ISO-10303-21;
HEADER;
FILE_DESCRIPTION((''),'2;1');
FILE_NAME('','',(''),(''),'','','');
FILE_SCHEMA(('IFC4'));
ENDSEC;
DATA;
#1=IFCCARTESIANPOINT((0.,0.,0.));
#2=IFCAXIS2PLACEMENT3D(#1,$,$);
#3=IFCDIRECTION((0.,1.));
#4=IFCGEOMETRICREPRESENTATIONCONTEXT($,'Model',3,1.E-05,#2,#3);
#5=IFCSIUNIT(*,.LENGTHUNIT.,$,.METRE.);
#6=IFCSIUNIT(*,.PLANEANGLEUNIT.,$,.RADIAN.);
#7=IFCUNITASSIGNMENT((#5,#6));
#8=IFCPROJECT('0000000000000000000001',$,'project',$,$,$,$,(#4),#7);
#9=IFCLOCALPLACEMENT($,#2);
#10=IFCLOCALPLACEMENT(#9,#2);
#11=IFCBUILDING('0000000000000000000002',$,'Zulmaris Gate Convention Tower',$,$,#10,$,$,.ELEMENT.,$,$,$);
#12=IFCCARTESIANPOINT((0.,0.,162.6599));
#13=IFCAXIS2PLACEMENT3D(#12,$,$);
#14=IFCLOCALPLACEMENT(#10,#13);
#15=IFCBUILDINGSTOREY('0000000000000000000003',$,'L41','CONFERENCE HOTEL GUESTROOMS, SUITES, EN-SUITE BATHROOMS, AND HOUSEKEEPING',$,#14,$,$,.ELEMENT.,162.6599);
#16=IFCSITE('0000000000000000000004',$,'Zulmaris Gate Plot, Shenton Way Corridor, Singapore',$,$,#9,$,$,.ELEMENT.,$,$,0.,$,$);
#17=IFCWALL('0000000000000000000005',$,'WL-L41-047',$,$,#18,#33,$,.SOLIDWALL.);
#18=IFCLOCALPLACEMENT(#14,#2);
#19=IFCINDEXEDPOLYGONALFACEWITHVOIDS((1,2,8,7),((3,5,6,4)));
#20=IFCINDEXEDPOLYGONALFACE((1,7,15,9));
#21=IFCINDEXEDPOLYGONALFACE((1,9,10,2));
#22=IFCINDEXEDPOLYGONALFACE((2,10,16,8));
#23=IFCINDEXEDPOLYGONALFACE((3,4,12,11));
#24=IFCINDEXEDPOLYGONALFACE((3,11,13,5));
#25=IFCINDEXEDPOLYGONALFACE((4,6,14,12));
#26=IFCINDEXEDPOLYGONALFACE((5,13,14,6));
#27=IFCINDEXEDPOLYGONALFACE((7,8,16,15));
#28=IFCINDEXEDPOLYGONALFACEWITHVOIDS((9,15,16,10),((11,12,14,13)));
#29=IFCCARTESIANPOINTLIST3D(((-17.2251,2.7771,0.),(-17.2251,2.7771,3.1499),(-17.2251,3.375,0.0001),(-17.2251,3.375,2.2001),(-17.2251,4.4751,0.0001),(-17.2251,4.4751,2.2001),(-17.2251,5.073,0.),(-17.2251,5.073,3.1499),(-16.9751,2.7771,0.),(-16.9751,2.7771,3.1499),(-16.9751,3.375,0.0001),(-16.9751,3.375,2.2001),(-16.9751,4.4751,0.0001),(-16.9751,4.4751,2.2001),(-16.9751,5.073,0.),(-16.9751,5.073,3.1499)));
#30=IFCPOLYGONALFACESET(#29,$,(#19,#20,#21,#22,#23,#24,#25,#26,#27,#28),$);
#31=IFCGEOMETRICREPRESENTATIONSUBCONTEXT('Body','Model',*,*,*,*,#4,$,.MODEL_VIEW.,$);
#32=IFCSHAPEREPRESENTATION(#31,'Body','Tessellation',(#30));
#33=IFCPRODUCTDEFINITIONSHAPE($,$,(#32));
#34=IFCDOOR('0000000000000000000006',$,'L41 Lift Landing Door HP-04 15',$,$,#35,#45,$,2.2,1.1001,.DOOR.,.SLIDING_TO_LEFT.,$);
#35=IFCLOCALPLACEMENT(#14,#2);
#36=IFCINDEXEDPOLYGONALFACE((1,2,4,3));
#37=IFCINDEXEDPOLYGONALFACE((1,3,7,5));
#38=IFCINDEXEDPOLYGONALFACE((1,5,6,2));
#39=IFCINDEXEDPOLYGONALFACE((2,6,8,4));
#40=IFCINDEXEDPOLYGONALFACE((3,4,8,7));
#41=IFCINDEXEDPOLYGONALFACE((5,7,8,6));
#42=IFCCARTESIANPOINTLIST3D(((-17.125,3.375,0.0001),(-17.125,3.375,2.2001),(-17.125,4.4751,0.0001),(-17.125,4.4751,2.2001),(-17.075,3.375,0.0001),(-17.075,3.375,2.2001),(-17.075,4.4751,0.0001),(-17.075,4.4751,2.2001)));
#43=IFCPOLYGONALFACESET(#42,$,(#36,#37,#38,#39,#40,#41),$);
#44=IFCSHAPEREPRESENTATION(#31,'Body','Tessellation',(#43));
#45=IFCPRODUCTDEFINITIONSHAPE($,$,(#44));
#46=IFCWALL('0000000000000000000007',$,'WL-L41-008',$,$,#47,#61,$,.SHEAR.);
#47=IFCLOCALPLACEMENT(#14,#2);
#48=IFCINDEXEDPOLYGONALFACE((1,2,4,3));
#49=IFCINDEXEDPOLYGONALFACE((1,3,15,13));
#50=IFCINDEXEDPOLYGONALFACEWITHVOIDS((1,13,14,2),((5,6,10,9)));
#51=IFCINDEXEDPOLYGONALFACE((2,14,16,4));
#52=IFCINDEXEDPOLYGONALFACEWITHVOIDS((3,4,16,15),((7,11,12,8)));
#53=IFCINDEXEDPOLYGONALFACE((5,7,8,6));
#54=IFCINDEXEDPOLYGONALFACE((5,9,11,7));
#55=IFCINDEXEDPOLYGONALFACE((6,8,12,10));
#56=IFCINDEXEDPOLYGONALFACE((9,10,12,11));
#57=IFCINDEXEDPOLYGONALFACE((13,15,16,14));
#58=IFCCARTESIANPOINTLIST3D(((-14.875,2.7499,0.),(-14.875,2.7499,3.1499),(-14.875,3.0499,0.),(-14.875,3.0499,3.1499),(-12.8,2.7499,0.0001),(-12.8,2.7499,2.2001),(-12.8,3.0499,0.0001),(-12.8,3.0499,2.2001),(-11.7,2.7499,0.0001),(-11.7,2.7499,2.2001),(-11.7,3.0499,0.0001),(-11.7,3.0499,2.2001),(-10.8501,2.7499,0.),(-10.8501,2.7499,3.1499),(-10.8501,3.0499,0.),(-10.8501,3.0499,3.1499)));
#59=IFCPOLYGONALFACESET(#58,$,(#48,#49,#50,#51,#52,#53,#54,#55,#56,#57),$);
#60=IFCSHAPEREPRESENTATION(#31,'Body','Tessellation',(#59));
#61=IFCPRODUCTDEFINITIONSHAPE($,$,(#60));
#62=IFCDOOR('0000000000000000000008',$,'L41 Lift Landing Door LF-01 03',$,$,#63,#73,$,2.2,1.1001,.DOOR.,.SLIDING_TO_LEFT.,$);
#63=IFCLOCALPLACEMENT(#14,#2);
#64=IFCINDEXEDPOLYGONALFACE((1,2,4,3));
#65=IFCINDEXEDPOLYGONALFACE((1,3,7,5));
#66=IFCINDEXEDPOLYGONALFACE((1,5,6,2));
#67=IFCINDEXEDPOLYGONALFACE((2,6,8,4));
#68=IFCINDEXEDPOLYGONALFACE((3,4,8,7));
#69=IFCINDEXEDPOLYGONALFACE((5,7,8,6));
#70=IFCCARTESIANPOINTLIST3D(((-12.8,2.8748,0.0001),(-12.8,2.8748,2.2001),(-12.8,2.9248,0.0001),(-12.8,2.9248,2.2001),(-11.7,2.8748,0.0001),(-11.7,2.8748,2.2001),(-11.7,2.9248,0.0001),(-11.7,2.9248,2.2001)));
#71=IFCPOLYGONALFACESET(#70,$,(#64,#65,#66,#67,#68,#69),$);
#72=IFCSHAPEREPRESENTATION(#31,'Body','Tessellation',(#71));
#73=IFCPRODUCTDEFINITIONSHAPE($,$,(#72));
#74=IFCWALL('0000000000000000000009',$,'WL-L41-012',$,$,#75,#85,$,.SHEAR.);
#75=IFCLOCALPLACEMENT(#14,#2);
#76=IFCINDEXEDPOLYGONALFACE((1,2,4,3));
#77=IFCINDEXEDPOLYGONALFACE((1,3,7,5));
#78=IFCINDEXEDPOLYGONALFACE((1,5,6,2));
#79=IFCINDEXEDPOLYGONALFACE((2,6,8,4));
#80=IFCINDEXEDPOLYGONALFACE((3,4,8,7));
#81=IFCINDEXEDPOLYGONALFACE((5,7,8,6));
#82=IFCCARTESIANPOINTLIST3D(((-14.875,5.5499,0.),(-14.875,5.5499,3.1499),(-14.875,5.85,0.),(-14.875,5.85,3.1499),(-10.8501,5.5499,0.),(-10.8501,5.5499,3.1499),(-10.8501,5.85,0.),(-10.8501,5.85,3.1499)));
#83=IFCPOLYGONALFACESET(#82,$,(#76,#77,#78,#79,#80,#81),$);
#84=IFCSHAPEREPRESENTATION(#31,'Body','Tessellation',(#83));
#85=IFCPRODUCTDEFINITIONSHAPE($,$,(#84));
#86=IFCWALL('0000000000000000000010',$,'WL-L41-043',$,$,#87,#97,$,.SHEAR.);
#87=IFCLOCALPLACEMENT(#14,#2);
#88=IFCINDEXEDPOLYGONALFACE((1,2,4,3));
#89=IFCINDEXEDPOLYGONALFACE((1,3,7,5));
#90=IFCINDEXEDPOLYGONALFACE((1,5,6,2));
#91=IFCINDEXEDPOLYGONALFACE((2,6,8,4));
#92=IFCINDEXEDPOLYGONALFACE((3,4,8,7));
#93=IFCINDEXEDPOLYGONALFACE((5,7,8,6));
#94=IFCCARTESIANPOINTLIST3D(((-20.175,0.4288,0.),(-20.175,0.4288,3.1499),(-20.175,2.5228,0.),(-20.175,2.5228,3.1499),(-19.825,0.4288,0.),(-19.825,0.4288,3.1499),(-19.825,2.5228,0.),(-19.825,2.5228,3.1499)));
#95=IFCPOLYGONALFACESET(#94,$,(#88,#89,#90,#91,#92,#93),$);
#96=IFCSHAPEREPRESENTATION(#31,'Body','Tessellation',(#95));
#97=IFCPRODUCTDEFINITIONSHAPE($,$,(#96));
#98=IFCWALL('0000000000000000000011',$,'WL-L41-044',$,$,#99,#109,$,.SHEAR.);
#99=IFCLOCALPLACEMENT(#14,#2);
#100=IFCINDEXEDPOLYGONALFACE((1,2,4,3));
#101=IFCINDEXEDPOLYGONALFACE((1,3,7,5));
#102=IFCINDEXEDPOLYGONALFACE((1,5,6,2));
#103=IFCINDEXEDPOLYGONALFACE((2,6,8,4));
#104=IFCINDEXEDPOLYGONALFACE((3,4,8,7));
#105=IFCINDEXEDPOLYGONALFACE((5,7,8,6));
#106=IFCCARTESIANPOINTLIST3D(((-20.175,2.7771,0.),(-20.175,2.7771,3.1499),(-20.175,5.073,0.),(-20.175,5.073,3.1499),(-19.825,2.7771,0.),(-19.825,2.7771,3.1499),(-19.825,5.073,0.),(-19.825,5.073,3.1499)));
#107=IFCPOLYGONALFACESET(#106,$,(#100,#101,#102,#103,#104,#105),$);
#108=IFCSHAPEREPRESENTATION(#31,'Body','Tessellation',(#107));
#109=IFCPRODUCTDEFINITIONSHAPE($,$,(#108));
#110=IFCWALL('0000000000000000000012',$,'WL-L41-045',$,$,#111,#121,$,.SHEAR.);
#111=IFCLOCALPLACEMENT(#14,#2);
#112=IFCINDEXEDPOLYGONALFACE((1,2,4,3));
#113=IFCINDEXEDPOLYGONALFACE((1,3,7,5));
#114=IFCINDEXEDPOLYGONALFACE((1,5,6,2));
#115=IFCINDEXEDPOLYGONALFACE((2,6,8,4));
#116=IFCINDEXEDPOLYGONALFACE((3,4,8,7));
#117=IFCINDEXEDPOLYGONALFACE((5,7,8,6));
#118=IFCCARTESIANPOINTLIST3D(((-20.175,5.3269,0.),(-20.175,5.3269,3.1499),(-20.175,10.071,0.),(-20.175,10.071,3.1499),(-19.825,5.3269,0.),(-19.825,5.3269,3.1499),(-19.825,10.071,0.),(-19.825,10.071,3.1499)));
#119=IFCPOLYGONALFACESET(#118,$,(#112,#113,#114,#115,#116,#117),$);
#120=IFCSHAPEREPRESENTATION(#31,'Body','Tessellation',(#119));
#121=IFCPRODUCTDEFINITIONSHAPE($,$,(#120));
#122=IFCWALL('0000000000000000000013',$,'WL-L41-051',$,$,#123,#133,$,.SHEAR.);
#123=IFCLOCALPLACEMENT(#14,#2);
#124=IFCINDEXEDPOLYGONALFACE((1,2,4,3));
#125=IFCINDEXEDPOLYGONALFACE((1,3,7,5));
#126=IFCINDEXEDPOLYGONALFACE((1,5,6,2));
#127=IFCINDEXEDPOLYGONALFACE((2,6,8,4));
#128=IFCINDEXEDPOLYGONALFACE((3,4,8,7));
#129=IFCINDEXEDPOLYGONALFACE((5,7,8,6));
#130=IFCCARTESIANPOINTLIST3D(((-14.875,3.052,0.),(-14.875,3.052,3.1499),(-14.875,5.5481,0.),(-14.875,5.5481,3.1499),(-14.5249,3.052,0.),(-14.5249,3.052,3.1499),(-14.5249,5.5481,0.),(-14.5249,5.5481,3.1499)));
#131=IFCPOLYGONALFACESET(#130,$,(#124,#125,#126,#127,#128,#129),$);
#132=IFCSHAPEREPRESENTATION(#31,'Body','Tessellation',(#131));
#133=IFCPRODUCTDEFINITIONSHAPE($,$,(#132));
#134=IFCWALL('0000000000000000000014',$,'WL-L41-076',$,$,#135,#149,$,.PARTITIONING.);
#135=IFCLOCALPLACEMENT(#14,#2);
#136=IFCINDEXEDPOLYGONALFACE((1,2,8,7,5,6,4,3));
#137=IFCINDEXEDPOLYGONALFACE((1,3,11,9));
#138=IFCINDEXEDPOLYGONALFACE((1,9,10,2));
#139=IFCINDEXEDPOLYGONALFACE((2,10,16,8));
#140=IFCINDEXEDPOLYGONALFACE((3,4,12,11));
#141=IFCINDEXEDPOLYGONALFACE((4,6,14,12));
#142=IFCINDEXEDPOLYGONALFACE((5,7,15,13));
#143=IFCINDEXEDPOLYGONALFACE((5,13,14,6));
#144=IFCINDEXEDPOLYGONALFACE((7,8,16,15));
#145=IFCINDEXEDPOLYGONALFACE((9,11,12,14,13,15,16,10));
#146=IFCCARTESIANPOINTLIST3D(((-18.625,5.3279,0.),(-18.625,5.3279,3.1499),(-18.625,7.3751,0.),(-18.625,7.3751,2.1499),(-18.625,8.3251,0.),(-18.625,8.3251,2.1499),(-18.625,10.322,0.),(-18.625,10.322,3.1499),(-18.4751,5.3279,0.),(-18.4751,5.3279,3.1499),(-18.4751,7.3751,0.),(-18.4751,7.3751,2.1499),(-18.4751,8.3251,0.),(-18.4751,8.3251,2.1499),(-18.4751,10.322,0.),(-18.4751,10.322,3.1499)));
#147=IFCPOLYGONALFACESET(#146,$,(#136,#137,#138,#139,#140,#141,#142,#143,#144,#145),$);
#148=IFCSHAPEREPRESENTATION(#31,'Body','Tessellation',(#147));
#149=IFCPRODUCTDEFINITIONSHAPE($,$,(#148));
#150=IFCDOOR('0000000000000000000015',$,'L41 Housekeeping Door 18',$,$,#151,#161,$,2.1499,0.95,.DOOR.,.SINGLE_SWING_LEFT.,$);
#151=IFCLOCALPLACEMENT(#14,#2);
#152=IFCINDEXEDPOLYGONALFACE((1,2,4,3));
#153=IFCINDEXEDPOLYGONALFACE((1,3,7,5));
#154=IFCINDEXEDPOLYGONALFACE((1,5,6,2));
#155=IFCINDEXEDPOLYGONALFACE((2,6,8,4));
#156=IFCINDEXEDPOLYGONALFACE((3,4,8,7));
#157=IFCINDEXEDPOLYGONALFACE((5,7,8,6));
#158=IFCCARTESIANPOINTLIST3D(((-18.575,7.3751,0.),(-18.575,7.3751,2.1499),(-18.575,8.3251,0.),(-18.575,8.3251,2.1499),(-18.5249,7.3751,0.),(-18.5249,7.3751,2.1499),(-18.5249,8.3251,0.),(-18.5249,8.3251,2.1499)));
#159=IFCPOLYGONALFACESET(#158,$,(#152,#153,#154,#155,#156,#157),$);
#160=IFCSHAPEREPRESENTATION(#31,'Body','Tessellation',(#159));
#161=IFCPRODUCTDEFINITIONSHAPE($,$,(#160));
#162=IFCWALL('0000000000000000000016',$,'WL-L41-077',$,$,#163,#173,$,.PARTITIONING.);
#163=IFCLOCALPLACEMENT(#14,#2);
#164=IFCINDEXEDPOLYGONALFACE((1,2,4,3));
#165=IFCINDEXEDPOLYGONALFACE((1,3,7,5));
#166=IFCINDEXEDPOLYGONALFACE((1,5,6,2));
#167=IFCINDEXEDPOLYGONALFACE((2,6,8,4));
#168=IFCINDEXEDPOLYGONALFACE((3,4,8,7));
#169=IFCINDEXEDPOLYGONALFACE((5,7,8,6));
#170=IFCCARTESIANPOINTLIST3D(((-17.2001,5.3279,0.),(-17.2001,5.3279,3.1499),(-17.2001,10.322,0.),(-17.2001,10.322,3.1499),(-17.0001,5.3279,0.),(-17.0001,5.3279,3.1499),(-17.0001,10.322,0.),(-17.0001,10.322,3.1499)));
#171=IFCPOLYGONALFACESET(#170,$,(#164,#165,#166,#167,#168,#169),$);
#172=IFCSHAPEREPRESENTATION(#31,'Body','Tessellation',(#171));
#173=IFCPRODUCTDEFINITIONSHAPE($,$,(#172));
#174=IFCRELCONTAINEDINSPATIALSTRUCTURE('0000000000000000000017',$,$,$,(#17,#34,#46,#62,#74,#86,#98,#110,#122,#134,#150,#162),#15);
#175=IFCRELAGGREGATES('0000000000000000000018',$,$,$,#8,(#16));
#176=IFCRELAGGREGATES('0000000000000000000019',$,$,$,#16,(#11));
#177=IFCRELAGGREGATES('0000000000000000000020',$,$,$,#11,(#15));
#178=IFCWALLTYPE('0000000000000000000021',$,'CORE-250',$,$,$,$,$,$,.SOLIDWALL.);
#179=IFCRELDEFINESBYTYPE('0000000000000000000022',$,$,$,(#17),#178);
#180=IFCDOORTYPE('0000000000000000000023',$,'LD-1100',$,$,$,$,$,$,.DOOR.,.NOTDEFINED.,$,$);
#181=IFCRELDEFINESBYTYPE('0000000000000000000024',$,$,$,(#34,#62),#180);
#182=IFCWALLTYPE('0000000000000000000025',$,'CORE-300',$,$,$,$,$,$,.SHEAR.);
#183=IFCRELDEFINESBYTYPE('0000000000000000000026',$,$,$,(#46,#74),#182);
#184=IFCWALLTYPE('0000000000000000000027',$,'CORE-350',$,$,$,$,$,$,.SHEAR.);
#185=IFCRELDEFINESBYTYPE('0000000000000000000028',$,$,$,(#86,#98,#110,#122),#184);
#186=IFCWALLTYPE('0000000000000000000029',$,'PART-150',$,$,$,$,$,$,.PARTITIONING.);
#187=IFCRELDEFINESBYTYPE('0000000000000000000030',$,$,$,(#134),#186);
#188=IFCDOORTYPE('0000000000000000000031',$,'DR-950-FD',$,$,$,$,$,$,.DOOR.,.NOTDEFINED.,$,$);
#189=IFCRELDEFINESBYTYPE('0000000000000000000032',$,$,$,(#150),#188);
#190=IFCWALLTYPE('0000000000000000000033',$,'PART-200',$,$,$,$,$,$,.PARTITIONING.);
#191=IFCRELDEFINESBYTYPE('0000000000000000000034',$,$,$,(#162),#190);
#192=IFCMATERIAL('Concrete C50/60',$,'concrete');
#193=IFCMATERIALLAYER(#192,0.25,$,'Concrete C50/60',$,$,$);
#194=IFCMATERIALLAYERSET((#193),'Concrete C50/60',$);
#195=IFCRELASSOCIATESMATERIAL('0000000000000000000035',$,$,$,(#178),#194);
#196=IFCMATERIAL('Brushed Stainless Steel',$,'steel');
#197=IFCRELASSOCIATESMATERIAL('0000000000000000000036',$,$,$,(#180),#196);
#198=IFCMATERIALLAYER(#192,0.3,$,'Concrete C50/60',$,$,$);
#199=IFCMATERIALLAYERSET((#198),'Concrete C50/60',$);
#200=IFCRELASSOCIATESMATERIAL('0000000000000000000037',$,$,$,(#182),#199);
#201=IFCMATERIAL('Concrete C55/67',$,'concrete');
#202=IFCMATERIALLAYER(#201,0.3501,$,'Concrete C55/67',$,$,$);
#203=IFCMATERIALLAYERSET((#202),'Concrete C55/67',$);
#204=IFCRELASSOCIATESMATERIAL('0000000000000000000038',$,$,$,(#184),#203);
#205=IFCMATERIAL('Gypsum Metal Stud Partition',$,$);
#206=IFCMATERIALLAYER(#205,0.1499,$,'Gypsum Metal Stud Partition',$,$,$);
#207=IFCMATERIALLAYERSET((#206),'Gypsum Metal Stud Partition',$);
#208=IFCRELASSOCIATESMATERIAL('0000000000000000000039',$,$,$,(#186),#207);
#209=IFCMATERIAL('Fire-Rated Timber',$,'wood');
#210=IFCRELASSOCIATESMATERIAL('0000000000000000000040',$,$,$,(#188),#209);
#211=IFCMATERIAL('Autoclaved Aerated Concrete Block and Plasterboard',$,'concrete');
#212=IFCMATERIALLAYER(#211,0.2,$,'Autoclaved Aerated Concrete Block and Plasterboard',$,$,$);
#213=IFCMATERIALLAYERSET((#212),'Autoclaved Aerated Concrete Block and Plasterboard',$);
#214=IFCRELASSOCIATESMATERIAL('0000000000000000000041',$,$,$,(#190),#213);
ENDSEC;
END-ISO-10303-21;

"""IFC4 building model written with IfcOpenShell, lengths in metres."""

from ifc_helpers import new_model, si_unit, direction, frame, frame_2d, origin, place, context, subcontext, project, spatial, rectangle, extrude, material, layer, layer_set, type_object, element, fill, save


model = new_model("IFC4")

# Units and contexts
model_context = context("Model", 3, precision=1e-05, world=origin(), true_north=direction((0.0, 1.0)))
body_context = subcontext(model_context, "Body", "Model", "MODEL_VIEW")
ifc_project = project(units=[si_unit("LENGTHUNIT", "METRE"), si_unit("PLANEANGLEUNIT", "RADIAN")], contexts=[model_context])

# Site, building, storey
site_placement = place(None, origin())
site = spatial("IfcSite", under=ifc_project, at=site_placement, Name="Zulmaris Gate Plot, Shenton Way Corridor, Singapore", CompositionType="ELEMENT", RefElevation=0.0)
building_placement = place(site_placement, origin())
building = spatial("IfcBuilding", under=site, at=building_placement, Name="Zulmaris Gate Convention Tower", CompositionType="ELEMENT")
storey_placement = place(building_placement, frame((0.0, 0.0, 162.6599)))
storey = spatial("IfcBuildingStorey", under=building, at=storey_placement, Name="L41", Description="CONFERENCE HOTEL GUESTROOMS, SUITES, EN-SUITE BATHROOMS, AND HOUSEKEEPING", CompositionType="ELEMENT", Elevation=162.6599)

# Shared definitions
ifc_material_1 = material(Name="Concrete C50/60", Category="concrete")

# Shared definitions
ifc_layer_1 = layer(ifc_material_1, 0.25, Name="Concrete C50/60")
ifc_layer_set_1 = layer_set([ifc_layer_1], Name="Concrete C50/60")
wall_type_1 = type_object("IfcWallType", Name="CORE-250", PredefinedType="SOLIDWALL", material=ifc_layer_set_1)

# Walls, openings, doors
wall_1_placement = place(storey_placement, frame((-17.1001, 2.7771, 0.0), z_axis=(0.0, 0.0, 1.0), x_axis=(0.0, 1.0, 0.0)))
wall_1 = element("IfcWall", 1, at=wall_1_placement, inside=storey, type_object=wall_type_1, Name="WL-L41-047", PredefinedType="SOLIDWALL", context=body_context, shape_type="SweptSolid", body=[
    extrude(rectangle(XDim=2.2959, YDim=0.25, at=frame_2d((1.1479, 0.0))), origin(), (0.0, 0.0, 1.0), 3.1499),
])
opening_1_placement = place(wall_1_placement, frame((0.5979, 0.0, 0.0)))
opening_1 = element("IfcOpeningElement", 2, at=opening_1_placement, cuts=wall_1, PredefinedType="OPENING", context=body_context, shape_type="SweptSolid", body=[
    extrude(rectangle(XDim=1.1001, YDim=2.2, at=frame_2d((0.55, 1.1001))), frame((0.0, 0.135, 0.0), z_axis=(0.0, -1.0, 0.0), x_axis=(1.0, 0.0, 0.0)), (0.0, 0.0, 1.0), 0.27),
])
ifc_material_2 = material(Name="Brushed Stainless Steel", Category="steel")
door_type_1 = type_object("IfcDoorType", Name="LD-1100", OperationType="NOTDEFINED", PredefinedType="DOOR", material=ifc_material_2)
door_1_placement = place(opening_1_placement, origin())
door_1 = element("IfcDoor", 3, at=door_1_placement, inside=storey, type_object=door_type_1, Name="L41 Lift Landing Door HP-04 15", OperationType="SLIDING_TO_LEFT", OverallHeight=2.2, OverallWidth=1.1001, PredefinedType="DOOR", context=body_context, shape_type="SweptSolid", body=[
    extrude(rectangle(XDim=1.1001, YDim=2.2, at=frame_2d((0.55, 1.1001))), frame((0.0, 0.0249, 0.0), z_axis=(0.0, -1.0, 0.0), x_axis=(1.0, 0.0, 0.0)), (0.0, 0.0, 1.0), 0.05),
])
fill(opening_1, door_1)
ifc_layer_2 = layer(ifc_material_1, 0.3, Name="Concrete C50/60")
ifc_layer_set_2 = layer_set([ifc_layer_2], Name="Concrete C50/60")
wall_type_2 = type_object("IfcWallType", Name="CORE-300", PredefinedType="SHEAR", material=ifc_layer_set_2)
wall_2_placement = place(storey_placement, frame((-14.875, 2.8999, 0.0), z_axis=(0.0, 0.0, 1.0), x_axis=(1.0, 0.0, 0.0)))
wall_2 = element("IfcWall", 4, at=wall_2_placement, inside=storey, type_object=wall_type_2, Name="WL-L41-008", PredefinedType="SHEAR", context=body_context, shape_type="SweptSolid", body=[
    extrude(rectangle(XDim=4.0249, YDim=0.3, at=frame_2d((2.0125, 0.0))), origin(), (0.0, 0.0, 1.0), 3.1499),
])
opening_2_placement = place(wall_2_placement, frame((2.075, 0.0, 0.0)))
opening_2 = element("IfcOpeningElement", 5, at=opening_2_placement, cuts=wall_2, PredefinedType="OPENING", context=body_context, shape_type="SweptSolid", body=[
    extrude(rectangle(XDim=1.1001, YDim=2.2, at=frame_2d((0.55, 1.1001))), frame((0.0, 0.1602, 0.0), z_axis=(0.0, -1.0, 0.0), x_axis=(1.0, 0.0, 0.0)), (0.0, 0.0, 1.0), 0.3201),
])
door_2_placement = place(opening_2_placement, origin())
door_2 = element("IfcDoor", 6, at=door_2_placement, inside=storey, type_object=door_type_1, Name="L41 Lift Landing Door LF-01 03", OperationType="SLIDING_TO_LEFT", OverallHeight=2.2, OverallWidth=1.1001, PredefinedType="DOOR", context=body_context, shape_type="SweptSolid", body=[
    extrude(rectangle(XDim=1.1001, YDim=2.2, at=frame_2d((0.55, 1.1001))), frame((0.0, 0.0249, 0.0), z_axis=(0.0, -1.0, 0.0), x_axis=(1.0, 0.0, 0.0)), (0.0, 0.0, 1.0), 0.05),
])
fill(opening_2, door_2)

# Walls
wall_3_placement = place(storey_placement, frame((-14.875, 5.7, 0.0), z_axis=(0.0, 0.0, 1.0), x_axis=(1.0, 0.0, 0.0)))
element("IfcWall", 7, at=wall_3_placement, inside=storey, type_object=wall_type_2, Name="WL-L41-012", PredefinedType="SHEAR", context=body_context, shape_type="SweptSolid", body=[
    extrude(rectangle(XDim=4.0249, YDim=0.3, at=frame_2d((2.0125, 0.0))), origin(), (0.0, 0.0, 1.0), 3.1499),
])
ifc_material_3 = material(Name="Concrete C55/67", Category="concrete")
ifc_layer_3 = layer(ifc_material_3, 0.3501, Name="Concrete C55/67")
ifc_layer_set_3 = layer_set([ifc_layer_3], Name="Concrete C55/67")
wall_type_3 = type_object("IfcWallType", Name="CORE-350", PredefinedType="SHEAR", material=ifc_layer_set_3)
wall_4_placement = place(storey_placement, frame((-20.0, 0.429, 0.0), z_axis=(0.0, 0.0, 1.0), x_axis=(0.0, 1.0, 0.0)))
element("IfcWall", 8, at=wall_4_placement, inside=storey, type_object=wall_type_3, Name="WL-L41-043", PredefinedType="SHEAR", context=body_context, shape_type="SweptSolid", body=[
    extrude(rectangle(XDim=2.094, YDim=0.3501, at=frame_2d((1.0469, 0.0))), origin(), (0.0, 0.0, 1.0), 3.1499),
])
wall_5_placement = place(storey_placement, frame((-20.0, 2.7771, 0.0), z_axis=(0.0, 0.0, 1.0), x_axis=(0.0, 1.0, 0.0)))
element("IfcWall", 9, at=wall_5_placement, inside=storey, type_object=wall_type_3, Name="WL-L41-044", PredefinedType="SHEAR", context=body_context, shape_type="SweptSolid", body=[
    extrude(rectangle(XDim=2.2959, YDim=0.3501, at=frame_2d((1.1479, 0.0))), origin(), (0.0, 0.0, 1.0), 3.1499),
])
wall_6_placement = place(storey_placement, frame((-20.0, 5.3269, 0.0), z_axis=(0.0, 0.0, 1.0), x_axis=(0.0, 1.0, 0.0)))
element("IfcWall", 10, at=wall_6_placement, inside=storey, type_object=wall_type_3, Name="WL-L41-045", PredefinedType="SHEAR", context=body_context, shape_type="SweptSolid", body=[
    extrude(rectangle(XDim=4.7441, YDim=0.3501, at=frame_2d((2.3721, 0.0))), origin(), (0.0, 0.0, 1.0), 3.1499),
])
wall_7_placement = place(storey_placement, frame((-14.7, 3.052, 0.0), z_axis=(0.0, 0.0, 1.0), x_axis=(0.0, 1.0, 0.0)))
element("IfcWall", 11, at=wall_7_placement, inside=storey, type_object=wall_type_3, Name="WL-L41-051", PredefinedType="SHEAR", context=body_context, shape_type="SweptSolid", body=[
    extrude(rectangle(XDim=2.4961, YDim=0.3501, at=frame_2d((1.248, 0.0))), origin(), (0.0, 0.0, 1.0), 3.1499),
])

# Wall, opening, door
ifc_material_4 = material(Name="Gypsum Metal Stud Partition")
ifc_layer_4 = layer(ifc_material_4, 0.1499, Name="Gypsum Metal Stud Partition")
ifc_layer_set_4 = layer_set([ifc_layer_4], Name="Gypsum Metal Stud Partition")
wall_type_4 = type_object("IfcWallType", Name="PART-150", PredefinedType="PARTITIONING", material=ifc_layer_set_4)
wall_8_placement = place(storey_placement, frame((-18.55, 5.3279, 0.0), z_axis=(0.0, 0.0, 1.0), x_axis=(0.0, 1.0, 0.0)))
wall_8 = element("IfcWall", 12, at=wall_8_placement, inside=storey, type_object=wall_type_4, Name="WL-L41-076", PredefinedType="PARTITIONING", context=body_context, shape_type="SweptSolid", body=[
    extrude(rectangle(XDim=4.9941, YDim=0.1499, at=frame_2d((2.4971, 0.0))), origin(), (0.0, 0.0, 1.0), 3.1499),
])
opening_3_placement = place(wall_8_placement, frame((2.0471, 0.0, 0.0)))
opening_3 = element("IfcOpeningElement", 13, at=opening_3_placement, cuts=wall_8, PredefinedType="OPENING", context=body_context, shape_type="SweptSolid", body=[
    extrude(rectangle(XDim=0.95, YDim=2.1499, at=frame_2d((0.4751, 1.075))), frame((0.0, 0.085, 0.0), z_axis=(0.0, -1.0, 0.0), x_axis=(1.0, 0.0, 0.0)), (0.0, 0.0, 1.0), 0.1699),
])
ifc_material_5 = material(Name="Fire-Rated Timber", Category="wood")
door_type_2 = type_object("IfcDoorType", Name="DR-950-FD", OperationType="NOTDEFINED", PredefinedType="DOOR", material=ifc_material_5)
door_3_placement = place(opening_3_placement, origin())
door_3 = element("IfcDoor", 14, at=door_3_placement, inside=storey, type_object=door_type_2, Name="L41 Housekeeping Door 18", OperationType="SINGLE_SWING_LEFT", OverallHeight=2.1499, OverallWidth=0.95, PredefinedType="DOOR", context=body_context, shape_type="SweptSolid", body=[
    extrude(rectangle(XDim=0.95, YDim=2.1499, at=frame_2d((0.4751, 1.075))), frame((0.0, 0.0249, 0.0), z_axis=(0.0, -1.0, 0.0), x_axis=(1.0, 0.0, 0.0)), (0.0, 0.0, 1.0), 0.05),
])
fill(opening_3, door_3)

# Wall
ifc_material_6 = material(Name="Autoclaved Aerated Concrete Block and Plasterboard", Category="concrete")
ifc_layer_5 = layer(ifc_material_6, 0.2, Name="Autoclaved Aerated Concrete Block and Plasterboard")
ifc_layer_set_5 = layer_set([ifc_layer_5], Name="Autoclaved Aerated Concrete Block and Plasterboard")
wall_type_5 = type_object("IfcWallType", Name="PART-200", PredefinedType="PARTITIONING", material=ifc_layer_set_5)
wall_9_placement = place(storey_placement, frame((-17.1001, 5.3279, 0.0), z_axis=(0.0, 0.0, 1.0), x_axis=(0.0, 1.0, 0.0)))
element("IfcWall", 15, at=wall_9_placement, inside=storey, type_object=wall_type_5, Name="WL-L41-077", PredefinedType="PARTITIONING", context=body_context, shape_type="SweptSolid", body=[
    extrude(rectangle(XDim=4.9941, YDim=0.2, at=frame_2d((2.4971, 0.0))), origin(), (0.0, 0.0, 1.0), 3.1499),
])

save(model, "model.ifc")
